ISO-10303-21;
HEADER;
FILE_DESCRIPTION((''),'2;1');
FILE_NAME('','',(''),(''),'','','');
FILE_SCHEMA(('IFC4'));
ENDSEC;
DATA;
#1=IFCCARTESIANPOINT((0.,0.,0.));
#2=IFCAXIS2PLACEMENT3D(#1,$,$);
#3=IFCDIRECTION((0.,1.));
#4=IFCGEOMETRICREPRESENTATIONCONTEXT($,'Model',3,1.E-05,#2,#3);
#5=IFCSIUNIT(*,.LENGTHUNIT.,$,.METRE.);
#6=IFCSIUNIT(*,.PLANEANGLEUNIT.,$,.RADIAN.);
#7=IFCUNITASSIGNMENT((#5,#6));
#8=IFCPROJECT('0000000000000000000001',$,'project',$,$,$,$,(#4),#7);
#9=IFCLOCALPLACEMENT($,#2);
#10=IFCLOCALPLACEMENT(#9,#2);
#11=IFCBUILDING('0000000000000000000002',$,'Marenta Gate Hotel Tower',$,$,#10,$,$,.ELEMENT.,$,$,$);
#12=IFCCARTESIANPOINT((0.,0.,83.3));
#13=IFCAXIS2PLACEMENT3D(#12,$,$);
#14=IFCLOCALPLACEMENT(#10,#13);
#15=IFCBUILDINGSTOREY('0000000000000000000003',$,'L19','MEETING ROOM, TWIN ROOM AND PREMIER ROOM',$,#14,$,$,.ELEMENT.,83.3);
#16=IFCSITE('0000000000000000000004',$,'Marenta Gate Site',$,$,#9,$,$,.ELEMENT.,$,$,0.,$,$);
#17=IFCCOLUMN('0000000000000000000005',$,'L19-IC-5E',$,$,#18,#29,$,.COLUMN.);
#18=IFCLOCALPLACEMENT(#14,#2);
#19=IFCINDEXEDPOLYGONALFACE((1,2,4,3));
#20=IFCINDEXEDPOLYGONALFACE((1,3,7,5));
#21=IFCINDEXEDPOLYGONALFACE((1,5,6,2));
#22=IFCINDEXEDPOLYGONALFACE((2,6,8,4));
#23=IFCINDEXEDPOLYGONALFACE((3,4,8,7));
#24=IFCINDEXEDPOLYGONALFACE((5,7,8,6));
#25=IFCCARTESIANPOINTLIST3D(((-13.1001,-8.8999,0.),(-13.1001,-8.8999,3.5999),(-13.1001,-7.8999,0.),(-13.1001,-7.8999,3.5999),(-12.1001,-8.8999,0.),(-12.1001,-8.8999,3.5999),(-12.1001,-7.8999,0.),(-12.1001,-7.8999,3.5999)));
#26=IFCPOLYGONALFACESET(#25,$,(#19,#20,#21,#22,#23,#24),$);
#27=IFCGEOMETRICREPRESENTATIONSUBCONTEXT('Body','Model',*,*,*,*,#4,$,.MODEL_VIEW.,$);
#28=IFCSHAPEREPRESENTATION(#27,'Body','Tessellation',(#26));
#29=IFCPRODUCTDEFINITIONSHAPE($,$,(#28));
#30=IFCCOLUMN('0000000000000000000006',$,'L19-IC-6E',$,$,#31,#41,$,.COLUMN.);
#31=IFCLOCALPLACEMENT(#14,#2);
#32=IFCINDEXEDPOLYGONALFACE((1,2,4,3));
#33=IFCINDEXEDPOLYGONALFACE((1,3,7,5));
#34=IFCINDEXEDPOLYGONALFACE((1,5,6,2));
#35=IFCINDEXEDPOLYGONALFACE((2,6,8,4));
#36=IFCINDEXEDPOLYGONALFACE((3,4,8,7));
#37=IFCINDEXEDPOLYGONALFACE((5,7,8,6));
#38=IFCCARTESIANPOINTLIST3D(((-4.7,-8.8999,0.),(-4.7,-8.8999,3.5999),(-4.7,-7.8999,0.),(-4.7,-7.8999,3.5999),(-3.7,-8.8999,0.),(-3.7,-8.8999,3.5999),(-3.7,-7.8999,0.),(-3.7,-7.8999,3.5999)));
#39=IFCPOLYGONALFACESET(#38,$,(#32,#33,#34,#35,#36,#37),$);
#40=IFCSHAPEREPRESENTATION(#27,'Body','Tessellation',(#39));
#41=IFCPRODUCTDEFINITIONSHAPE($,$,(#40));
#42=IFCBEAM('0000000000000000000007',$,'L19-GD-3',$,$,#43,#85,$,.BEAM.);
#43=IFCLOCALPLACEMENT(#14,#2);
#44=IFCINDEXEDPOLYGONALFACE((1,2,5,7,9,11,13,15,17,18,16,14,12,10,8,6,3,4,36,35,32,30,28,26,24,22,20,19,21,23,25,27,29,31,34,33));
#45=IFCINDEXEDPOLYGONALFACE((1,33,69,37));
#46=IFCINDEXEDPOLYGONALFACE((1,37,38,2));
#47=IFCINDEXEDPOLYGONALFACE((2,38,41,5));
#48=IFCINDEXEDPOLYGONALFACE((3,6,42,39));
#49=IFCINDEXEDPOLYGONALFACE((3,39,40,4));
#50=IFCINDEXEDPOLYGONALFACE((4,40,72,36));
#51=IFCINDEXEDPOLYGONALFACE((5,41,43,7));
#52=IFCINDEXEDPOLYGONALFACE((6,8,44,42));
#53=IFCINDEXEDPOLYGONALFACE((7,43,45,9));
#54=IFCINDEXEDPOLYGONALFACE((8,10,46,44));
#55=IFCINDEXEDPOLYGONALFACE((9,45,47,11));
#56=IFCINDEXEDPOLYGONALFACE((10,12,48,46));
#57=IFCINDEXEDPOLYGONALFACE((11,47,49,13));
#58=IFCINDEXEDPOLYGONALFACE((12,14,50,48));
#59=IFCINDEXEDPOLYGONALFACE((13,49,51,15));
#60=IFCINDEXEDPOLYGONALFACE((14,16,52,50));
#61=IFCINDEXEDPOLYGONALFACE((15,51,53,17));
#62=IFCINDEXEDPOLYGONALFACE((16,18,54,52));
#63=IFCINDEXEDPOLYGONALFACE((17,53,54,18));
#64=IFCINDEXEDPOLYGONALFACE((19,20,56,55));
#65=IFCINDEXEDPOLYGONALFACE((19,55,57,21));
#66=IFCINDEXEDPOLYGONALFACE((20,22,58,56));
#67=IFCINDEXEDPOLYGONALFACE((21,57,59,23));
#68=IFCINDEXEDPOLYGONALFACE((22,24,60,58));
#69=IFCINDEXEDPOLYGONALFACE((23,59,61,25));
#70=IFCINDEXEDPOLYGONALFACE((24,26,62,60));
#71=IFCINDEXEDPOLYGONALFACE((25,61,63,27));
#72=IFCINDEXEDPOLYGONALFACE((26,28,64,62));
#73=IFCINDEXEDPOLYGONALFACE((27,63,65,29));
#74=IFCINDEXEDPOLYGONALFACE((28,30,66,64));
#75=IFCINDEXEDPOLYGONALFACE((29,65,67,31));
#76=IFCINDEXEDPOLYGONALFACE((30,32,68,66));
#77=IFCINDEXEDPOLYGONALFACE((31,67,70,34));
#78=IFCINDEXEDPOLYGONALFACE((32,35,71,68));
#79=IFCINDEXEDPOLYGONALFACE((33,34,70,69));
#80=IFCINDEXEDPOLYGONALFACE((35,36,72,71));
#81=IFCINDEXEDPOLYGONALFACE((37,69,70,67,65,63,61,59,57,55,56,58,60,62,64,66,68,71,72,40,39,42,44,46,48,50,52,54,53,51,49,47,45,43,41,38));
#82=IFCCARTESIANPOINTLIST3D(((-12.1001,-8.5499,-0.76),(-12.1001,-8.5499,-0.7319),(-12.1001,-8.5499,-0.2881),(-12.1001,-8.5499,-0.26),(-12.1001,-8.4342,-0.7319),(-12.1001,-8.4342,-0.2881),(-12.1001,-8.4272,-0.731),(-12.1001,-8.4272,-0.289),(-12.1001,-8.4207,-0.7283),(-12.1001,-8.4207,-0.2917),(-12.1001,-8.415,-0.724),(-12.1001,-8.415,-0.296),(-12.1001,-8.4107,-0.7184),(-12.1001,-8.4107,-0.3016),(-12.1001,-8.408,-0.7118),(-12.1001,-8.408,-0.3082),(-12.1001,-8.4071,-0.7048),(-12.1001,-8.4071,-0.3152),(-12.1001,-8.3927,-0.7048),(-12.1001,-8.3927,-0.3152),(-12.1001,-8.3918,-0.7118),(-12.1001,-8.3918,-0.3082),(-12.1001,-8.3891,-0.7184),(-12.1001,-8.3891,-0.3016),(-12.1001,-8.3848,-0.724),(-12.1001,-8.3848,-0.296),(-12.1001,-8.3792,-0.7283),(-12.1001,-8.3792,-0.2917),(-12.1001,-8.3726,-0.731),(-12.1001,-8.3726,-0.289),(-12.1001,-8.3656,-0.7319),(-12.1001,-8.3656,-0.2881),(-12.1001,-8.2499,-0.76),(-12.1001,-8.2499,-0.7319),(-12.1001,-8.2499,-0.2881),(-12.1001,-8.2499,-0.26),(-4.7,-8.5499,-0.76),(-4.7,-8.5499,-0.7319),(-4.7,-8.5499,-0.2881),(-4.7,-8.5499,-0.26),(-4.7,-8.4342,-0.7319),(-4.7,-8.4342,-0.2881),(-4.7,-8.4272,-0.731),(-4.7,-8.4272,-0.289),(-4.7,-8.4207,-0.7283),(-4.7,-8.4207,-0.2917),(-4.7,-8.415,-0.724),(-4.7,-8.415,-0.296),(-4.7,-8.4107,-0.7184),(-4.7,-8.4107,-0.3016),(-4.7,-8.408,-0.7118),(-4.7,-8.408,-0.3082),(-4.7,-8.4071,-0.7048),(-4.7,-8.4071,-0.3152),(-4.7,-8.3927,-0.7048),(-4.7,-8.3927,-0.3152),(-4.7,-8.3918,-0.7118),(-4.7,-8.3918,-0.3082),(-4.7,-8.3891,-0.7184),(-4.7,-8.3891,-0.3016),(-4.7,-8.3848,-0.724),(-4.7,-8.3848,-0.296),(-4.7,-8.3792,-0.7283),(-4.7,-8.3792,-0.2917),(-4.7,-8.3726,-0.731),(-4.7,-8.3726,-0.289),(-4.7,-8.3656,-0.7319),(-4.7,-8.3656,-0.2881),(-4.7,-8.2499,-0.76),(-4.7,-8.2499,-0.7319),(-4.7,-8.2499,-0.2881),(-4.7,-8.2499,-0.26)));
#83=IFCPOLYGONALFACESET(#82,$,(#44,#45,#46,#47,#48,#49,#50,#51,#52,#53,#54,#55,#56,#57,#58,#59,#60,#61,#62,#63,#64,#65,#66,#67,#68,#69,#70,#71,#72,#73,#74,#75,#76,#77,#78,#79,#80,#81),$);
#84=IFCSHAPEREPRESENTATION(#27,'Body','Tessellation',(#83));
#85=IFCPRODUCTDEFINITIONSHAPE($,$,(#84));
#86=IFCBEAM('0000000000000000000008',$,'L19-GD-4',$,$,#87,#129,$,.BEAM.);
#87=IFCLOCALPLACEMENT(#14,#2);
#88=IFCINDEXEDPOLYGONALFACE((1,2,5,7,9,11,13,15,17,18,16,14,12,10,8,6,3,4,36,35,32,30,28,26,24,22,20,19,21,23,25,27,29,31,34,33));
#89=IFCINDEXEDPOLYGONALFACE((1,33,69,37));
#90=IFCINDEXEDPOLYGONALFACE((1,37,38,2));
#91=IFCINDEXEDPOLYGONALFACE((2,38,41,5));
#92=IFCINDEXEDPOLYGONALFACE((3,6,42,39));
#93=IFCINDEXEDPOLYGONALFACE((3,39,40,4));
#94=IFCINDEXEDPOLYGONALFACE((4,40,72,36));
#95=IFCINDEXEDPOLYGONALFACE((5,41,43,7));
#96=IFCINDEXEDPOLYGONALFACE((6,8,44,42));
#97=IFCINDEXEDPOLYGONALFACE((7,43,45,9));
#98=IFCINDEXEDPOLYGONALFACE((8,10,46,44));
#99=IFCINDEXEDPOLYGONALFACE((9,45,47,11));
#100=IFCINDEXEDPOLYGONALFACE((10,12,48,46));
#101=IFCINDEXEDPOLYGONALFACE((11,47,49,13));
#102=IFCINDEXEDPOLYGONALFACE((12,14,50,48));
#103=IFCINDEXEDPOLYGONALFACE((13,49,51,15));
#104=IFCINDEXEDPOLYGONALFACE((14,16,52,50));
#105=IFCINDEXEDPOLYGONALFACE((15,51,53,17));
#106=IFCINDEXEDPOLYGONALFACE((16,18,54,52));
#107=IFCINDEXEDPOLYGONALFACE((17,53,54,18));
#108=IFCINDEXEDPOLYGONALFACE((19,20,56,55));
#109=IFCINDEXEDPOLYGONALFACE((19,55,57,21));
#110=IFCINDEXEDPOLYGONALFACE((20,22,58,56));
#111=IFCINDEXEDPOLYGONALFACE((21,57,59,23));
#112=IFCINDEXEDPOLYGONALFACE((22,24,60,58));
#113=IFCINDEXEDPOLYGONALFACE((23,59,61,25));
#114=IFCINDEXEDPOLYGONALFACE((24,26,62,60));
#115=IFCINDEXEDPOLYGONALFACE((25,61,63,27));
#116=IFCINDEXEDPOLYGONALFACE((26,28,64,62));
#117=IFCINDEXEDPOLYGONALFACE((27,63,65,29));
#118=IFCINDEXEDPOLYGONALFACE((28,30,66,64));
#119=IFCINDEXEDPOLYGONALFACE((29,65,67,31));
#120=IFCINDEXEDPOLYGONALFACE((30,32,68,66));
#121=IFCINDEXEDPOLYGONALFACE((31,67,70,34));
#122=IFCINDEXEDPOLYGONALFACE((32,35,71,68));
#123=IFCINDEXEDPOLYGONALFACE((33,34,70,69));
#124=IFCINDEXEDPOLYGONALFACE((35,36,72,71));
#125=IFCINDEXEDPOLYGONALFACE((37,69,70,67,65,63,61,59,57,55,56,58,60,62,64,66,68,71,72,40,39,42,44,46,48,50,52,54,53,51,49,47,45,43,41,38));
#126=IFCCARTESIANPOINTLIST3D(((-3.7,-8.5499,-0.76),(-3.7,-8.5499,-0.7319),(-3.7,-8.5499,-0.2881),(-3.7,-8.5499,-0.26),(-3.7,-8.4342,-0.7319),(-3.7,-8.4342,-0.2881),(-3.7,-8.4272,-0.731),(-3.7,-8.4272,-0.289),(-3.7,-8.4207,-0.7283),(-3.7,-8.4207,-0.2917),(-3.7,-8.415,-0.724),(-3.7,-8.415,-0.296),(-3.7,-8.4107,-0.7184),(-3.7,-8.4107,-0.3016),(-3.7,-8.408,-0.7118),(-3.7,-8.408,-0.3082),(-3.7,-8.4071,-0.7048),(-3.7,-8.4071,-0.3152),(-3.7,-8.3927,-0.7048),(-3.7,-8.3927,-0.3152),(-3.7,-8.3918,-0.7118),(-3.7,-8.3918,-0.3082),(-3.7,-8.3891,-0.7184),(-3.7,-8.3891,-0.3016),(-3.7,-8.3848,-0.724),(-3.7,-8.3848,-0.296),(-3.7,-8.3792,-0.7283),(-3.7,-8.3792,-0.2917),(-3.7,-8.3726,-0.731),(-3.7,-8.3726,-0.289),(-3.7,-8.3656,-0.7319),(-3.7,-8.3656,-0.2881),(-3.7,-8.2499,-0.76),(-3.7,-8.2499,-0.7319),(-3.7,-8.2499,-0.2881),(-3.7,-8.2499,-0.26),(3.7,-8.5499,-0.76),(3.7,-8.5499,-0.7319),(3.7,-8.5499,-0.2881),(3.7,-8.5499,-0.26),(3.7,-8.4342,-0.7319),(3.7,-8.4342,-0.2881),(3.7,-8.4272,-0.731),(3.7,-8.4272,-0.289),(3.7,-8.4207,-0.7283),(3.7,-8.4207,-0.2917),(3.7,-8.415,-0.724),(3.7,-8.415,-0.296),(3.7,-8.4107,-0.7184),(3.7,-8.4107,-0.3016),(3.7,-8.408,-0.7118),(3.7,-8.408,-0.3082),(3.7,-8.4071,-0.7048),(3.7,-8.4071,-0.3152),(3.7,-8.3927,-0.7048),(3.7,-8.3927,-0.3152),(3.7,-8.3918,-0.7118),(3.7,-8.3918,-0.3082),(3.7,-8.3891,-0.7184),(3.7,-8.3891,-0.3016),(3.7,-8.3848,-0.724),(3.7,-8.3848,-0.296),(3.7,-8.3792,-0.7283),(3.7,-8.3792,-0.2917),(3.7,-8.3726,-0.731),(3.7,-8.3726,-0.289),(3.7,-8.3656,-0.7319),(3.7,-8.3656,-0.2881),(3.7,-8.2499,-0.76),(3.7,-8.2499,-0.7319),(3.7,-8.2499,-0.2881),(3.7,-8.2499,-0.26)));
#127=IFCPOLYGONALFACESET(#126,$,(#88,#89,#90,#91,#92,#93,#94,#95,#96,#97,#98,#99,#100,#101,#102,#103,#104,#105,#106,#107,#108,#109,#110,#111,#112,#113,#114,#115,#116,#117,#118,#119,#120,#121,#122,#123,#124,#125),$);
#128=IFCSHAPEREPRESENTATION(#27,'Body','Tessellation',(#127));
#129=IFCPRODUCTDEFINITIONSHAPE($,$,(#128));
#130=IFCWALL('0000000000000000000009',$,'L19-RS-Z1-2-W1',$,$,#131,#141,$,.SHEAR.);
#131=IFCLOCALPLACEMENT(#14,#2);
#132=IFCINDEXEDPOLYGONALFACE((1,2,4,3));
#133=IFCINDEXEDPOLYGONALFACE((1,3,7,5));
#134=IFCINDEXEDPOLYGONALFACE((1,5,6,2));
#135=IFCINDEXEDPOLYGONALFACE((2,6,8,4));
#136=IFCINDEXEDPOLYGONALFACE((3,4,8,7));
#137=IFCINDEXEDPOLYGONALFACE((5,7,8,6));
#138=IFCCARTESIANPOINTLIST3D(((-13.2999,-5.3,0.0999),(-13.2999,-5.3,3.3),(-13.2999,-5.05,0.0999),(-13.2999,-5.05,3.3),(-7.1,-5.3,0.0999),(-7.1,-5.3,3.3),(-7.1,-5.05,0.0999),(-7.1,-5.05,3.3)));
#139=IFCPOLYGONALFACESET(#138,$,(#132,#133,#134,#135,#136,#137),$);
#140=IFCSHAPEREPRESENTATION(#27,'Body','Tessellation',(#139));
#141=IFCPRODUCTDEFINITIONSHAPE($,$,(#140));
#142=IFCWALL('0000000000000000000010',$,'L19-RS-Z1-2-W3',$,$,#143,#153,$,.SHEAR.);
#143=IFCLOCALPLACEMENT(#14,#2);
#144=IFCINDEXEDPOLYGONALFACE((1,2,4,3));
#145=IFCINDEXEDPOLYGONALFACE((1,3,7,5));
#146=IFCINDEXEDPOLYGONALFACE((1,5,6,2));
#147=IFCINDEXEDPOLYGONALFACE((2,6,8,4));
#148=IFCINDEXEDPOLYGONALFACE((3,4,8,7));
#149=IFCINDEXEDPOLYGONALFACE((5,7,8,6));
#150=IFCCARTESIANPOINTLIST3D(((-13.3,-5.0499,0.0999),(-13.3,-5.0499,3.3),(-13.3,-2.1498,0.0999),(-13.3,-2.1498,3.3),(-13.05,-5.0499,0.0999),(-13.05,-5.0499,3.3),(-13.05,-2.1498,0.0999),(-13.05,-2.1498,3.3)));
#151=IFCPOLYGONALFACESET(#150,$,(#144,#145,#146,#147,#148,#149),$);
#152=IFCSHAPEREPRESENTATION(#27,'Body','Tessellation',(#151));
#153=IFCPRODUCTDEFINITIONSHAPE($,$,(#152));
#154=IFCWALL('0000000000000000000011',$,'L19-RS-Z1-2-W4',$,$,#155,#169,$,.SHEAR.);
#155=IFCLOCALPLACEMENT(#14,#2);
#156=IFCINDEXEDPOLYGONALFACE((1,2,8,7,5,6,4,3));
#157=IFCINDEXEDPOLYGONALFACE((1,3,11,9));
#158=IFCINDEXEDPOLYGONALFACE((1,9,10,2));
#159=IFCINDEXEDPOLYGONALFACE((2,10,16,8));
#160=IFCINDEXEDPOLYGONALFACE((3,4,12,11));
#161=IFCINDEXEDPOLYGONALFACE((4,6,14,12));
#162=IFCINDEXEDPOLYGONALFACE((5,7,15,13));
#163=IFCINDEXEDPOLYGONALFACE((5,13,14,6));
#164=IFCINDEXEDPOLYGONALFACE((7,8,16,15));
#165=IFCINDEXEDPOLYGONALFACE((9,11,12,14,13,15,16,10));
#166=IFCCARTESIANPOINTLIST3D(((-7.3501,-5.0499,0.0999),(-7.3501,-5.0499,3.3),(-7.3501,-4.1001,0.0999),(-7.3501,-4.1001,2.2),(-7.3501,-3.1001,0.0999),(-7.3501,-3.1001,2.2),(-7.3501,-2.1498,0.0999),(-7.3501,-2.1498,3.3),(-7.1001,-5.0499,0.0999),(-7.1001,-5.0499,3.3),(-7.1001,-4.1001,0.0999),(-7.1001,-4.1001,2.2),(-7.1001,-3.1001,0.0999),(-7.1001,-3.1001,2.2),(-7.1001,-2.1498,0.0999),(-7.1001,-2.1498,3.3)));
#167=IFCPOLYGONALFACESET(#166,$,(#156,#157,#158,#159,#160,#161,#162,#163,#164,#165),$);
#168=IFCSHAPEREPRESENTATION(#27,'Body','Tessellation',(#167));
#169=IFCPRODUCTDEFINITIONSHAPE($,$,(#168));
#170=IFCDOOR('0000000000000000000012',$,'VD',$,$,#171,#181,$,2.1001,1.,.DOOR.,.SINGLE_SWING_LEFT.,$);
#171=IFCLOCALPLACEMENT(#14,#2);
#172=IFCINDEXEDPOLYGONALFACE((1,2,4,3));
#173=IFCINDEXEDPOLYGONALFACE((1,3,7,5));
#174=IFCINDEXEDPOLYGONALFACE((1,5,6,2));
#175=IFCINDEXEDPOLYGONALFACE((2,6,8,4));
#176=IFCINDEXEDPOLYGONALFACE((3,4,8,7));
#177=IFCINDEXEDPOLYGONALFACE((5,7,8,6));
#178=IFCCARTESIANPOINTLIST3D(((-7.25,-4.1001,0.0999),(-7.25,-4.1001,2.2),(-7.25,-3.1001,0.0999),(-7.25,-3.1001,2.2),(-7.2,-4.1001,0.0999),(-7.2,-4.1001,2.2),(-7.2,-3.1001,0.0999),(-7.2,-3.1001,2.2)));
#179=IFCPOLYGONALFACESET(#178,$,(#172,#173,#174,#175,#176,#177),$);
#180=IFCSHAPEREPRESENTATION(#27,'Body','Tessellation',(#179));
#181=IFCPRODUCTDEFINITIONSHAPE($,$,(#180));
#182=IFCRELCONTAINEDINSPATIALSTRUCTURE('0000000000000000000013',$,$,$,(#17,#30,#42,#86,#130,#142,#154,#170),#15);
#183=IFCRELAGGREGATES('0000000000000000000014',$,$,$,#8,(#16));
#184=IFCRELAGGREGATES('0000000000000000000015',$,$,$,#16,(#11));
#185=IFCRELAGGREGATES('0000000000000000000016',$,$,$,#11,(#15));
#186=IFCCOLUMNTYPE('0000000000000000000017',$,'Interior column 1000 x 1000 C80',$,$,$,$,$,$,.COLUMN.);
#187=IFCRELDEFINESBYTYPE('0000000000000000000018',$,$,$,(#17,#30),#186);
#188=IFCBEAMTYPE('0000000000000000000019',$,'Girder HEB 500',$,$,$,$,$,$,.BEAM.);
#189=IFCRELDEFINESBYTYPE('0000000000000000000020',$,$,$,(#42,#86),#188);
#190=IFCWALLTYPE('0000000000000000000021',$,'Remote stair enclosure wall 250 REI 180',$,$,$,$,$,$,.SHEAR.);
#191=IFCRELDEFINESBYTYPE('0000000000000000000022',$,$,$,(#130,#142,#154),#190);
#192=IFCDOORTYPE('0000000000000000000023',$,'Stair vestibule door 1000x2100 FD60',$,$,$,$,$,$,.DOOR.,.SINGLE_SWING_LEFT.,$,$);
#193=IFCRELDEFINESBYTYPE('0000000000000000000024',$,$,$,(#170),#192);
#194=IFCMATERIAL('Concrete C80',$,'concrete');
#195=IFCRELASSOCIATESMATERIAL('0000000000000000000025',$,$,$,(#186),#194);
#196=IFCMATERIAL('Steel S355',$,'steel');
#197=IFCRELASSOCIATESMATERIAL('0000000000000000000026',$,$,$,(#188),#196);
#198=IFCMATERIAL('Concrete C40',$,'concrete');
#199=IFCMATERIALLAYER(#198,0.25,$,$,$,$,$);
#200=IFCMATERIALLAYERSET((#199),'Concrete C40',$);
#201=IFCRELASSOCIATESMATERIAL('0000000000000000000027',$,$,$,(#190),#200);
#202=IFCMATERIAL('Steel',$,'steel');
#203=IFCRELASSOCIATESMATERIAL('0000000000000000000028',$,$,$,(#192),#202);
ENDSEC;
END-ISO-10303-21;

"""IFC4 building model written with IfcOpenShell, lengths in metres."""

from ifc_helpers import new_model, si_unit, direction, frame, frame_2d, origin, origin_2d, place, context, subcontext, project, spatial, rectangle, i_section, extrude, material, layer, layer_set, material_profile, profile_set, type_object, element, fill, save


model = new_model("IFC4")

# Units and contexts
model_context = context("Model", 3, precision=1e-05, world=origin(), true_north=direction((0.0, 1.0)))
body_context = subcontext(model_context, "Body", "Model", "MODEL_VIEW")
ifc_project = project(units=[si_unit("LENGTHUNIT", "METRE"), si_unit("PLANEANGLEUNIT", "RADIAN")], contexts=[model_context])

# Site, building, storey
site_placement = place(None, origin())
site = spatial("IfcSite", under=ifc_project, at=site_placement, Name="Marenta Gate Site", CompositionType="ELEMENT", RefElevation=0.0)
building_placement = place(site_placement, origin())
building = spatial("IfcBuilding", under=site, at=building_placement, Name="Marenta Gate Hotel Tower", CompositionType="ELEMENT")
storey_placement = place(building_placement, frame((0.0, 0.0, 83.3)))
storey = spatial("IfcBuildingStorey", under=building, at=storey_placement, Name="L19", Description="MEETING ROOM, TWIN ROOM AND PREMIER ROOM", CompositionType="ELEMENT", Elevation=83.3)

# Columns
ifc_material_1 = material(Name="Concrete C80", Category="concrete")
ifc_material_profile_1 = material_profile(ifc_material_1, rectangle(XDim=1.0, YDim=1.0, at=origin_2d()), Name="1000 x 1000")
ifc_profile_set_1 = profile_set([ifc_material_profile_1], Name="Concrete C80")
column_type = type_object("IfcColumnType", Name="Interior column 1000 x 1000 C80", PredefinedType="COLUMN", material=ifc_profile_set_1)
for number, where, z_axis, x_axis, name in (
    (1, (-12.6001, -8.3999, 0.0), (0.0, 0.0, 1.0), (1.0, 0.0, 0.0), "L19-IC-5E"),
    (2, (-4.2, -8.3999, 0.0), (0.0, 0.0, 1.0), (1.0, 0.0, 0.0), "L19-IC-6E"),
):
    element("IfcColumn", number, at=place(storey_placement, frame(where, z_axis=z_axis, x_axis=x_axis)), inside=storey, type_object=column_type, Name=name, PredefinedType="COLUMN", context=body_context, shape_type="SweptSolid", body=[
        extrude(rectangle(XDim=1.0, YDim=1.0, at=origin_2d()), origin(), (0.0, 0.0, 1.0), 3.5999),
    ])

# Beams
ifc_material_2 = material(Name="Steel S355", Category="steel")
ifc_material_profile_2 = material_profile(ifc_material_2, i_section(OverallWidth=0.3, OverallDepth=0.5, WebThickness=0.0144, FlangeThickness=0.0281, FilletRadius=0.0271, at=origin_2d()), Name="HEB 500")
ifc_profile_set_2 = profile_set([ifc_material_profile_2], Name="Steel S355")
beam_type = type_object("IfcBeamType", Name="Girder HEB 500", PredefinedType="BEAM", material=ifc_profile_set_2)
beam_1_placement = place(storey_placement, frame((-12.1001, -8.3999, -0.51), z_axis=(1.0, 0.0, 0.0), x_axis=(0.0, 1.0, 0.0)))
element("IfcBeam", 3, at=beam_1_placement, inside=storey, type_object=beam_type, Name="L19-GD-3", PredefinedType="BEAM", context=body_context, shape_type="SweptSolid", body=[
    extrude(i_section(OverallWidth=0.3, OverallDepth=0.5, WebThickness=0.0144, FlangeThickness=0.0281, FilletRadius=0.0271, at=origin_2d()), origin(), (0.0, 0.0, 1.0), 7.4001),
])
beam_2_placement = place(storey_placement, frame((-3.7, -8.3999, -0.51), z_axis=(1.0, 0.0, 0.0), x_axis=(0.0, 1.0, 0.0)))
element("IfcBeam", 4, at=beam_2_placement, inside=storey, type_object=beam_type, Name="L19-GD-4", PredefinedType="BEAM", context=body_context, shape_type="SweptSolid", body=[
    extrude(i_section(OverallWidth=0.3, OverallDepth=0.5, WebThickness=0.0144, FlangeThickness=0.0281, FilletRadius=0.0271, at=origin_2d()), origin(), (0.0, 0.0, 1.0), 7.3999),
])

# Walls
ifc_material_3 = material(Name="Concrete C40", Category="concrete")
ifc_layer_1 = layer(ifc_material_3, 0.25)
ifc_layer_set_1 = layer_set([ifc_layer_1], Name="Concrete C40")
wall_type_1 = type_object("IfcWallType", Name="Remote stair enclosure wall 250 REI 180", PredefinedType="SHEAR", material=ifc_layer_set_1)
wall_1_placement = place(storey_placement, frame((-13.3, -5.175, 0.0999), z_axis=(0.0, 0.0, 1.0), x_axis=(1.0, 0.0, 0.0)))
element("IfcWall", 5, at=wall_1_placement, inside=storey, type_object=wall_type_1, Name="L19-RS-Z1-2-W1", PredefinedType="SHEAR", context=body_context, shape_type="SweptSolid", body=[
    extrude(rectangle(XDim=6.2, YDim=0.25, at=frame_2d((3.1001, 0.0))), origin(), (0.0, 0.0, 1.0), 3.2002),
])
wall_2_placement = place(storey_placement, frame((-13.175, -5.05, 0.0999), z_axis=(0.0, 0.0, 1.0), x_axis=(0.0, 1.0, 0.0)))
element("IfcWall", 6, at=wall_2_placement, inside=storey, type_object=wall_type_1, Name="L19-RS-Z1-2-W3", PredefinedType="SHEAR", context=body_context, shape_type="SweptSolid", body=[
    extrude(rectangle(XDim=2.9001, YDim=0.25, at=frame_2d((1.4502, 0.0))), origin(), (0.0, 0.0, 1.0), 3.2002),
])

# Wall, opening, door
wall_3_placement = place(storey_placement, frame((-7.2251, -5.05, 0.0999), z_axis=(0.0, 0.0, 1.0), x_axis=(0.0, 1.0, 0.0)))
wall_3 = element("IfcWall", 7, at=wall_3_placement, inside=storey, type_object=wall_type_1, Name="L19-RS-Z1-2-W4", PredefinedType="SHEAR", context=body_context, shape_type="SweptSolid", body=[
    extrude(rectangle(XDim=2.9001, YDim=0.25, at=frame_2d((1.4502, 0.0))), origin(), (0.0, 0.0, 1.0), 3.2002),
])
opening_1_placement = place(wall_3_placement, frame((0.95, 0.0, 0.0)))
opening_1 = element("IfcOpeningElement", 8, at=opening_1_placement, cuts=wall_3, PredefinedType="OPENING", context=body_context, shape_type="SweptSolid", body=[
    extrude(rectangle(XDim=1.0, YDim=2.1001, at=frame_2d((0.5, 1.05))), frame((0.0, 0.125, 0.0), z_axis=(0.0, -1.0, 0.0), x_axis=(1.0, 0.0, 0.0)), (0.0, 0.0, 1.0), 0.25),
])
ifc_material_4 = material(Name="Steel", Category="steel")
door_type_1 = type_object("IfcDoorType", Name="Stair vestibule door 1000x2100 FD60", OperationType="SINGLE_SWING_LEFT", PredefinedType="DOOR", material=ifc_material_4)
door_1_placement = place(opening_1_placement, origin())
door_1 = element("IfcDoor", 9, at=door_1_placement, inside=storey, type_object=door_type_1, Name="VD", OperationType="SINGLE_SWING_LEFT", OverallHeight=2.1001, OverallWidth=1.0, PredefinedType="DOOR", context=body_context, shape_type="SweptSolid", body=[
    extrude(rectangle(XDim=1.0, YDim=2.1001, at=frame_2d((0.5, 1.05))), frame((0.0, 0.0249, 0.0), z_axis=(0.0, -1.0, 0.0), x_axis=(1.0, 0.0, 0.0)), (0.0, 0.0, 1.0), 0.05),
])
fill(opening_1, door_1)

save(model, "model.ifc")
